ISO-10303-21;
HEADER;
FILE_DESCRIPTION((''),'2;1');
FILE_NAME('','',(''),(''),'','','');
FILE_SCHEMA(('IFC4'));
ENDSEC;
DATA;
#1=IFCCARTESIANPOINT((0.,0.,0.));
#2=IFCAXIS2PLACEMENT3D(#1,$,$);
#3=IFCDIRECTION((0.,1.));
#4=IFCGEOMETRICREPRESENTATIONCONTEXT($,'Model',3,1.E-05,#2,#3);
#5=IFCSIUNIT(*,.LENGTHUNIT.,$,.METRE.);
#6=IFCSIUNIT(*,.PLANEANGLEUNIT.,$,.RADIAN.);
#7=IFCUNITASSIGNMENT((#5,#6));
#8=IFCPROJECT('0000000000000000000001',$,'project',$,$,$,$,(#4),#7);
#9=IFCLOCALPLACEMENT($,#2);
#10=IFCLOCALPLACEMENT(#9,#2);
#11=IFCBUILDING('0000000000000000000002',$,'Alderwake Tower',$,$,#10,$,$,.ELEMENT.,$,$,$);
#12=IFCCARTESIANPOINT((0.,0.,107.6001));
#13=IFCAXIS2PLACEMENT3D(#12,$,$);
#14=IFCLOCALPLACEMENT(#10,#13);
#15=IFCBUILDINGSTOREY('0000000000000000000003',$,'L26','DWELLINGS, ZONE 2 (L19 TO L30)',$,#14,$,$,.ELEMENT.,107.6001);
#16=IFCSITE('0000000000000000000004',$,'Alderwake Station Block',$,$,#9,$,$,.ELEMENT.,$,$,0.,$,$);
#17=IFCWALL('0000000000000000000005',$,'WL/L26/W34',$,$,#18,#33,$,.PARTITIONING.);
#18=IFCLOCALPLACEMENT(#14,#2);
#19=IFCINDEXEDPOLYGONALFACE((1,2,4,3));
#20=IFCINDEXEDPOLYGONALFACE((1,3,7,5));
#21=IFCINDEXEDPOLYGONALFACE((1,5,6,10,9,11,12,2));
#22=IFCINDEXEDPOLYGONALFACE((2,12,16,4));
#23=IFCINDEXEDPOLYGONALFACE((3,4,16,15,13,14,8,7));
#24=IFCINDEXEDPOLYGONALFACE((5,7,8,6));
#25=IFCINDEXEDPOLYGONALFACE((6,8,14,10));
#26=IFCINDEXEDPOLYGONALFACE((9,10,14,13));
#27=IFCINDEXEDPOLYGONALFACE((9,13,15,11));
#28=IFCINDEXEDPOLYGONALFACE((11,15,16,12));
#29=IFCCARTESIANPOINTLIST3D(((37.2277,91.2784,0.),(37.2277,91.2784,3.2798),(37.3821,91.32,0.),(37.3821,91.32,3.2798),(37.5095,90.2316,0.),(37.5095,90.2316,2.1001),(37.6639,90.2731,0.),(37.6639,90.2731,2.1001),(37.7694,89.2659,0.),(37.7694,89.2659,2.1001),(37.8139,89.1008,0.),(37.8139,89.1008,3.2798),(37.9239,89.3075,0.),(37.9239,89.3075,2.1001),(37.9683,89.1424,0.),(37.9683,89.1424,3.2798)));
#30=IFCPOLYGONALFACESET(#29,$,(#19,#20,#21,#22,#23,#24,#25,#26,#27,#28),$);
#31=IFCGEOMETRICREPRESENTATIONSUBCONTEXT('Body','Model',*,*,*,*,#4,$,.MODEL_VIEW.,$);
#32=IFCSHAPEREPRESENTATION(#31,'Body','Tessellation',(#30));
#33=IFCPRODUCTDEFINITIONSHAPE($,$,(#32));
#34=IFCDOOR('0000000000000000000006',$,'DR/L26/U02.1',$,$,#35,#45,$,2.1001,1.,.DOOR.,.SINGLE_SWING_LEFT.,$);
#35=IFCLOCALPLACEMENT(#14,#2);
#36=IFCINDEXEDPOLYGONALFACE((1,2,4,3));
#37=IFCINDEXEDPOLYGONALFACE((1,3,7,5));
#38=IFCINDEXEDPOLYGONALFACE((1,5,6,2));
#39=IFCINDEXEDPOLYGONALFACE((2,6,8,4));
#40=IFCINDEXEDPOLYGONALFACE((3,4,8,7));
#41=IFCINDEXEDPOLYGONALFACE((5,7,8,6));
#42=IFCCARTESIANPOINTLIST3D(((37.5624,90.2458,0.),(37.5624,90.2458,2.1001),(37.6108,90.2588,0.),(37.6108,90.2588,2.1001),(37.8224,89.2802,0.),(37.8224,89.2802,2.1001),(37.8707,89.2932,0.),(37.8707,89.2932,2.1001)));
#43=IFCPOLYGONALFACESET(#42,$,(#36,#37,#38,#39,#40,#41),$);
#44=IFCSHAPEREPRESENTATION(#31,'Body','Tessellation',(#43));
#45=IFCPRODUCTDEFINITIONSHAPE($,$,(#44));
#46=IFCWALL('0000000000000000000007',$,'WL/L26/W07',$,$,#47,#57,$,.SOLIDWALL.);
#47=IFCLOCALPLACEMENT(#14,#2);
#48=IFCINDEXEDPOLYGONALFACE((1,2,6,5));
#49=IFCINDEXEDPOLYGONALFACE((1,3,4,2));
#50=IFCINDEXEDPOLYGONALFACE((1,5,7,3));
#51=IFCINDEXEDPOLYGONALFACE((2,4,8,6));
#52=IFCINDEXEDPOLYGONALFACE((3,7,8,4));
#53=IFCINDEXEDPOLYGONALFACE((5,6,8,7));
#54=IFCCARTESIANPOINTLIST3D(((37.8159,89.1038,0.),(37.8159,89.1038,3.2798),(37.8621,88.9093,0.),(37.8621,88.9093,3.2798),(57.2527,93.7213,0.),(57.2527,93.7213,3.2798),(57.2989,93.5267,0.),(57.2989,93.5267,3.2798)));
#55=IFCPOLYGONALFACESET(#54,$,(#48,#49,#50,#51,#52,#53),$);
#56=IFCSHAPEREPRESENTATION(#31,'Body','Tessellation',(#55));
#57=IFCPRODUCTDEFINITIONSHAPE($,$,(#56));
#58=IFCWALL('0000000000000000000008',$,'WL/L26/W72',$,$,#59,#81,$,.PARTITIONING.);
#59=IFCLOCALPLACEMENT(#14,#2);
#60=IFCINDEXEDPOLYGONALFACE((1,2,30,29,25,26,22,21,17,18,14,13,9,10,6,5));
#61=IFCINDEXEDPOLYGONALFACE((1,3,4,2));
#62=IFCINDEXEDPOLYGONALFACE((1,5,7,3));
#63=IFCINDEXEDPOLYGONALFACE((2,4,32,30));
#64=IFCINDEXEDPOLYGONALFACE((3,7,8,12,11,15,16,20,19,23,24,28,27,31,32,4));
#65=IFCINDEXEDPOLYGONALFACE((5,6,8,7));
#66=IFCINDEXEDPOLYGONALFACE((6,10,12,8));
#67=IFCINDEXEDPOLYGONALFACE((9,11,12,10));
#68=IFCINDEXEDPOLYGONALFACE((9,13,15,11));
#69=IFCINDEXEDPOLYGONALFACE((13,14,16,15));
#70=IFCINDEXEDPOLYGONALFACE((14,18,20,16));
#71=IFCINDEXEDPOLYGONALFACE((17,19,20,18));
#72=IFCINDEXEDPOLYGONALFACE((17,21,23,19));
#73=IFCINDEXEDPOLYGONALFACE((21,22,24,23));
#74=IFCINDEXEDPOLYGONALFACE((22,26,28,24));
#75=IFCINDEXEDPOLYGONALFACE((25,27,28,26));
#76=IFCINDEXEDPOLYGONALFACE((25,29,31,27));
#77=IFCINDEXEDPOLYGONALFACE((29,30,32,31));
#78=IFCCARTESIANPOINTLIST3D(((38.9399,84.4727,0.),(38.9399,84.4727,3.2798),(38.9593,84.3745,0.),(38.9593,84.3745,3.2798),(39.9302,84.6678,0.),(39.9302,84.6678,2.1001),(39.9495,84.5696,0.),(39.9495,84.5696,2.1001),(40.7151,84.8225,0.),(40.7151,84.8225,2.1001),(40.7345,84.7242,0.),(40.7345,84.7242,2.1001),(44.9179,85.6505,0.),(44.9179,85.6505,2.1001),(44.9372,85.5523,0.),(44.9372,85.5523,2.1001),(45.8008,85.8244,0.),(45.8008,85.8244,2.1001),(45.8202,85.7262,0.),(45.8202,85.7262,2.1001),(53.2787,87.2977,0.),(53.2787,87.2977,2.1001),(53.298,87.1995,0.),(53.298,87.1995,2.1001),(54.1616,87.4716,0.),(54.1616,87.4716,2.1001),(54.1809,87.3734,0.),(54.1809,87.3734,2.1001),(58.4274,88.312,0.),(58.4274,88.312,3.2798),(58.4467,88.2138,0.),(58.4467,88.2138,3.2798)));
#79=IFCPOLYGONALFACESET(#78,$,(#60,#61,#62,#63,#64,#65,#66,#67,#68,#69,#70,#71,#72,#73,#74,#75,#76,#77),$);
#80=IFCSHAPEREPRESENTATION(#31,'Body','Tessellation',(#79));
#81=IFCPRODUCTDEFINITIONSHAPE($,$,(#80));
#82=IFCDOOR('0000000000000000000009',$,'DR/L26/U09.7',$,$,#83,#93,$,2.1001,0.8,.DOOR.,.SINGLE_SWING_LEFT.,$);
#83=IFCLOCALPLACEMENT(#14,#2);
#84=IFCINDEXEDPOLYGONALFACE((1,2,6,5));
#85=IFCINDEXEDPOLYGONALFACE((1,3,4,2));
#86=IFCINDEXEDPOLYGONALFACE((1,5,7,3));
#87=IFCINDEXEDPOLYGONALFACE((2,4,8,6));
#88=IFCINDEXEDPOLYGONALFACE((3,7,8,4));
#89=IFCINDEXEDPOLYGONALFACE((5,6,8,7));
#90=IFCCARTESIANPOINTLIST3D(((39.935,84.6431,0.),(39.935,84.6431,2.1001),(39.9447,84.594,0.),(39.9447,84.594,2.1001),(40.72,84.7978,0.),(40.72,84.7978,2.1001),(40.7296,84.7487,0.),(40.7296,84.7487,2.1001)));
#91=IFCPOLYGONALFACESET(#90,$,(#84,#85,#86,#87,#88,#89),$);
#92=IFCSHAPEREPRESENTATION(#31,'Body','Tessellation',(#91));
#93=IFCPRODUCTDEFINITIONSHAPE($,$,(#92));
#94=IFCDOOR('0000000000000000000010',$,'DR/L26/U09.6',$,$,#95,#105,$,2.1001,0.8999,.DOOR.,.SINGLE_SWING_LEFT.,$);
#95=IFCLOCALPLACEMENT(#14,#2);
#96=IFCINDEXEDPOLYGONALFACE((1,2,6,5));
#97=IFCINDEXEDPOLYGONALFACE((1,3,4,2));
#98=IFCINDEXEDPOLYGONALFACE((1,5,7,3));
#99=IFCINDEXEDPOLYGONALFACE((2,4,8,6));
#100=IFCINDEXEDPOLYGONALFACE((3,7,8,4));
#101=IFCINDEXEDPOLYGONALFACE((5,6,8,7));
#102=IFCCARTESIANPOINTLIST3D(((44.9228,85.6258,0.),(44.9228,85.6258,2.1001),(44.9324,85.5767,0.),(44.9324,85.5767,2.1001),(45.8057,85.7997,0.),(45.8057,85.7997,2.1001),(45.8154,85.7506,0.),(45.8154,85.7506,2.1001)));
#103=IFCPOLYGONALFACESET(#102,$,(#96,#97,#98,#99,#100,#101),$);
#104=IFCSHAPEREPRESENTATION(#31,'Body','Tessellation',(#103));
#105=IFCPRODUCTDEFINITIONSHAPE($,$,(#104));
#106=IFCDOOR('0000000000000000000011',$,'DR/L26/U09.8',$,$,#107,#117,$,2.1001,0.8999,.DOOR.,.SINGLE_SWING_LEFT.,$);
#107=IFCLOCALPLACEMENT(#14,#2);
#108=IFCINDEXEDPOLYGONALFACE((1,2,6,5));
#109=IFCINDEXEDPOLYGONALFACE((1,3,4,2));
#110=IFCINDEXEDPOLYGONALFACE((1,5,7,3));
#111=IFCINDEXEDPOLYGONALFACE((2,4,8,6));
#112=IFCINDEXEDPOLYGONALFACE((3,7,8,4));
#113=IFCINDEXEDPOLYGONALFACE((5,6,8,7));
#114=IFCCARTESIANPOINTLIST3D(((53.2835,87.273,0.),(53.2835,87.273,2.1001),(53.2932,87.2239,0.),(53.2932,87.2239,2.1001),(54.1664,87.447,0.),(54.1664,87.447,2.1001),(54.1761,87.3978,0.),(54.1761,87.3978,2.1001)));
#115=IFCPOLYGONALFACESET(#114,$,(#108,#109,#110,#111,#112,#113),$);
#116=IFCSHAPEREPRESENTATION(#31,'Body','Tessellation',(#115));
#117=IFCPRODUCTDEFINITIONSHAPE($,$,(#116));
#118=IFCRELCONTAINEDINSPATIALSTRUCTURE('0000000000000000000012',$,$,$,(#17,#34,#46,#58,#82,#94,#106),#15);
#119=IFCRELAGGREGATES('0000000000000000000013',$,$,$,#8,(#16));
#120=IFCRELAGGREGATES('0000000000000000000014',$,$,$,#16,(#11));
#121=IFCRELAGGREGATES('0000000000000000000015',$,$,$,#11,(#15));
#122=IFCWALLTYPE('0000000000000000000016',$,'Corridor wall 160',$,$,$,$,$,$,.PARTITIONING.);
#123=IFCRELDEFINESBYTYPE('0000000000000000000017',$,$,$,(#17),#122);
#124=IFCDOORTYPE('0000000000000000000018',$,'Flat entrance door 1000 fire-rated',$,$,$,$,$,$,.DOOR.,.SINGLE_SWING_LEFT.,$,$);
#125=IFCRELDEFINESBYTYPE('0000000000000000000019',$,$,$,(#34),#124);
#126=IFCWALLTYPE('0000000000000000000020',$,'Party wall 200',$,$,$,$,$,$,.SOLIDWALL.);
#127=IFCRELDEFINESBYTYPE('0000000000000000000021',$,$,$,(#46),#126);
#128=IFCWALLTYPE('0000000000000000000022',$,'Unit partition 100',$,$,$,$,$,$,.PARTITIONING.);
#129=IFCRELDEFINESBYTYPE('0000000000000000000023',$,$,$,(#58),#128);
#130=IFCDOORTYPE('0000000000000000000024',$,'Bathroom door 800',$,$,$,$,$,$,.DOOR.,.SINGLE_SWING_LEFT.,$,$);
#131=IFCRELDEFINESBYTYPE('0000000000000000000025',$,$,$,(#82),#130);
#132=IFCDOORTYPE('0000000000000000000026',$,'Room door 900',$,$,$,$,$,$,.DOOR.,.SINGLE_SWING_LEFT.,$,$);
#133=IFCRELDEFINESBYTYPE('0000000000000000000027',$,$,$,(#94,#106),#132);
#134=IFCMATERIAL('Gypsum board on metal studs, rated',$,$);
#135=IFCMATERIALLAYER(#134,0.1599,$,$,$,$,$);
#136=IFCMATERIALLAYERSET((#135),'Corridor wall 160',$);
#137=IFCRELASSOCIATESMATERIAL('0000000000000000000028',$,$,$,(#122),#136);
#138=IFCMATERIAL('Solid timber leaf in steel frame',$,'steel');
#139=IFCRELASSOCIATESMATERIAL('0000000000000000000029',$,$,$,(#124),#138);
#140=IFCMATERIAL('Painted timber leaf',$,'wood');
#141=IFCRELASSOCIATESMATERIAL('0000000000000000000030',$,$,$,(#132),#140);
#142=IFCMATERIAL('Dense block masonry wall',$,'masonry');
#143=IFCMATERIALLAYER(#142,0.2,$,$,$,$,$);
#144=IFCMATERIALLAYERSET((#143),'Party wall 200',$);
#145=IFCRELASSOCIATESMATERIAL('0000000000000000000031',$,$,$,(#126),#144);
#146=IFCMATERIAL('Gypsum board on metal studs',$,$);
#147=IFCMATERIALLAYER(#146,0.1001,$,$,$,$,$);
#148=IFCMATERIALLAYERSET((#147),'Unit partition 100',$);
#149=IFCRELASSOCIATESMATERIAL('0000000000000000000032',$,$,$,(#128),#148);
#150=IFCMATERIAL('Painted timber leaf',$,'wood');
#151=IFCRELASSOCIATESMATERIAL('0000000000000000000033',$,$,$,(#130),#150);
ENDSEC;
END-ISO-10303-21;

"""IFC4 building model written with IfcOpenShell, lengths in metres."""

from ifc_helpers import new_model, si_unit, direction, frame, frame_2d, origin, place, context, subcontext, project, spatial, rectangle, extrude, material, layer, layer_set, type_object, element, fill, save


model = new_model("IFC4")

# Units and contexts
model_context = context("Model", 3, precision=1e-05, world=origin(), true_north=direction((0.0, 1.0)))
body_context = subcontext(model_context, "Body", "Model", "MODEL_VIEW")
ifc_project = project(units=[si_unit("LENGTHUNIT", "METRE"), si_unit("PLANEANGLEUNIT", "RADIAN")], contexts=[model_context])

# Site, building, storey
site_placement = place(None, origin())
site = spatial("IfcSite", under=ifc_project, at=site_placement, Name="Alderwake Station Block", CompositionType="ELEMENT", RefElevation=0.0)
building_placement = place(site_placement, origin())
building = spatial("IfcBuilding", under=site, at=building_placement, Name="Alderwake Tower", CompositionType="ELEMENT")
storey_placement = place(building_placement, frame((0.0, 0.0, 107.6001)))
storey = spatial("IfcBuildingStorey", under=building, at=storey_placement, Name="L26", Description="DWELLINGS, ZONE 2 (L19 TO L30)", CompositionType="ELEMENT", Elevation=107.6001)

# Shared definitions
ifc_material_1 = material(Name="Gypsum board on metal studs, rated")
ifc_layer_1 = layer(ifc_material_1, 0.1599)
ifc_layer_set_1 = layer_set([ifc_layer_1], Name="Corridor wall 160")
wall_type_1 = type_object("IfcWallType", Name="Corridor wall 160", PredefinedType="PARTITIONING", material=ifc_layer_set_1)
ifc_material_2 = material(Name="Solid timber leaf in steel frame", Category="steel")
door_type_1 = type_object("IfcDoorType", Name="Flat entrance door 1000 fire-rated", OperationType="SINGLE_SWING_LEFT", PredefinedType="DOOR", material=ifc_material_2)
ifc_material_3 = material(Name="Painted timber leaf", Category="wood")
door_type_2 = type_object("IfcDoorType", Name="Room door 900", OperationType="SINGLE_SWING_LEFT", PredefinedType="DOOR", material=ifc_material_3)

# Wall, opening, door
wall_1_placement = place(storey_placement, frame((37.3049, 91.2991, 0.0), z_axis=(0.0, 0.0, 1.0), x_axis=(0.259946, -0.965623, 0.0)))
wall_1 = element("IfcWall", 1, at=wall_1_placement, inside=storey, type_object=wall_type_1, Name="WL/L26/W34", PredefinedType="PARTITIONING", context=body_context, shape_type="SweptSolid", body=[
    extrude(rectangle(XDim=2.2551, YDim=0.1599, at=frame_2d((1.1274, 0.0))), origin(), (0.0, 0.0, 1.0), 3.2798),
])
opening_1_placement = place(wall_1_placement, frame((1.084, 0.0, 0.0)))
opening_1 = element("IfcOpeningElement", 2, at=opening_1_placement, cuts=wall_1, PredefinedType="OPENING", context=body_context, shape_type="SweptSolid", body=[
    extrude(rectangle(XDim=1.0, YDim=2.1001, at=frame_2d((0.5, 1.05))), frame((0.0, 0.0898, 0.0), z_axis=(0.0, -1.0, 0.0), x_axis=(1.0, 0.0, 0.0)), (0.0, 0.0, 1.0), 0.1799),
])
door_1_placement = place(opening_1_placement, origin())
door_1 = element("IfcDoor", 3, at=door_1_placement, inside=storey, type_object=door_type_1, Name="DR/L26/U02.1", OperationType="SINGLE_SWING_LEFT", OverallHeight=2.1001, OverallWidth=1.0, PredefinedType="DOOR", context=body_context, shape_type="SweptSolid", body=[
    extrude(rectangle(XDim=1.0, YDim=2.1001, at=frame_2d((0.5, 1.05))), frame((0.0, 0.0249, 0.0), z_axis=(0.0, -1.0, 0.0), x_axis=(1.0, 0.0, 0.0)), (0.0, 0.0, 1.0), 0.05),
])
fill(opening_1, door_1)

# Wall
ifc_material_4 = material(Name="Dense block masonry wall", Category="masonry")
ifc_layer_2 = layer(ifc_material_4, 0.2)
ifc_layer_set_2 = layer_set([ifc_layer_2], Name="Party wall 200")
wall_type_2 = type_object("IfcWallType", Name="Party wall 200", PredefinedType="SOLIDWALL", material=ifc_layer_set_2)
wall_2_placement = place(storey_placement, frame((37.8391, 89.0066, 0.0), z_axis=(0.0, 0.0, 1.0), x_axis=(0.972923, 0.231129, 0.0)))
element("IfcWall", 4, at=wall_2_placement, inside=storey, type_object=wall_type_2, Name="WL/L26/W07", PredefinedType="SOLIDWALL", context=body_context, shape_type="SweptSolid", body=[
    extrude(rectangle(XDim=19.9778, YDim=0.2, at=frame_2d((9.9888, 0.0))), origin(), (0.0, 0.0, 1.0), 3.2798),
])

# Wall, openings, doors
ifc_material_5 = material(Name="Gypsum board on metal studs")
ifc_layer_3 = layer(ifc_material_5, 0.1001)
ifc_layer_set_3 = layer_set([ifc_layer_3], Name="Unit partition 100")
wall_type_3 = type_object("IfcWallType", Name="Unit partition 100", PredefinedType="PARTITIONING", material=ifc_layer_set_3)
wall_3_placement = place(storey_placement, frame((38.9495, 84.4236, 0.0), z_axis=(0.0, 0.0, 1.0), x_axis=(0.98114, 0.1933, 0.0)))
wall_3 = element("IfcWall", 5, at=wall_3_placement, inside=storey, type_object=wall_type_3, Name="WL/L26/W72", PredefinedType="PARTITIONING", context=body_context, shape_type="SweptSolid", body=[
    extrude(rectangle(XDim=19.8621, YDim=0.1001, at=frame_2d((9.9312, 0.0))), origin(), (0.0, 0.0, 1.0), 3.2798),
])
opening_2_placement = place(wall_3_placement, frame((6.093, 0.0, 0.0)))
opening_2 = element("IfcOpeningElement", 6, at=opening_2_placement, cuts=wall_3, PredefinedType="OPENING", context=body_context, shape_type="SweptSolid", body=[
    extrude(rectangle(XDim=0.8999, YDim=2.1001, at=frame_2d((0.45, 1.05))), frame((0.0, 0.0601, 0.0), z_axis=(0.0, -1.0, 0.0), x_axis=(1.0, 0.0, 0.0)), (0.0, 0.0, 1.0), 0.1201),
])
opening_3_placement = place(wall_3_placement, frame((1.0095, 0.0, 0.0)))
opening_3 = element("IfcOpeningElement", 7, at=opening_3_placement, cuts=wall_3, PredefinedType="OPENING", context=body_context, shape_type="SweptSolid", body=[
    extrude(rectangle(XDim=0.8, YDim=2.1001, at=frame_2d((0.3999, 1.05))), frame((0.0, 0.0601, 0.0), z_axis=(0.0, -1.0, 0.0), x_axis=(1.0, 0.0, 0.0)), (0.0, 0.0, 1.0), 0.1201),
])
opening_4_placement = place(wall_3_placement, frame((14.6145, 0.0, 0.0)))
opening_4 = element("IfcOpeningElement", 8, at=opening_4_placement, cuts=wall_3, PredefinedType="OPENING", context=body_context, shape_type="SweptSolid", body=[
    extrude(rectangle(XDim=0.8999, YDim=2.1001, at=frame_2d((0.45, 1.05))), frame((0.0, 0.0601, 0.0), z_axis=(0.0, -1.0, 0.0), x_axis=(1.0, 0.0, 0.0)), (0.0, 0.0, 1.0), 0.1201),
])
ifc_material_6 = material(Name="Painted timber leaf", Category="wood")
door_type_3 = type_object("IfcDoorType", Name="Bathroom door 800", OperationType="SINGLE_SWING_LEFT", PredefinedType="DOOR", material=ifc_material_6)
door_2_placement = place(opening_3_placement, origin())
door_2 = element("IfcDoor", 9, at=door_2_placement, inside=storey, type_object=door_type_3, Name="DR/L26/U09.7", OperationType="SINGLE_SWING_LEFT", OverallHeight=2.1001, OverallWidth=0.8, PredefinedType="DOOR", context=body_context, shape_type="SweptSolid", body=[
    extrude(rectangle(XDim=0.8, YDim=2.1001, at=frame_2d((0.3999, 1.05))), frame((0.0, 0.0249, 0.0), z_axis=(0.0, -1.0, 0.0), x_axis=(1.0, 0.0, 0.0)), (0.0, 0.0, 1.0), 0.05),
])
fill(opening_3, door_2)
door_3_placement = place(opening_2_placement, origin())
door_3 = element("IfcDoor", 10, at=door_3_placement, inside=storey, type_object=door_type_2, Name="DR/L26/U09.6", OperationType="SINGLE_SWING_LEFT", OverallHeight=2.1001, OverallWidth=0.8999, PredefinedType="DOOR", context=body_context, shape_type="SweptSolid", body=[
    extrude(rectangle(XDim=0.8999, YDim=2.1001, at=frame_2d((0.45, 1.05))), frame((0.0, 0.0249, 0.0), z_axis=(0.0, -1.0, 0.0), x_axis=(1.0, 0.0, 0.0)), (0.0, 0.0, 1.0), 0.05),
])
fill(opening_2, door_3)
door_4_placement = place(opening_4_placement, origin())
door_4 = element("IfcDoor", 11, at=door_4_placement, inside=storey, type_object=door_type_2, Name="DR/L26/U09.8", OperationType="SINGLE_SWING_LEFT", OverallHeight=2.1001, OverallWidth=0.8999, PredefinedType="DOOR", context=body_context, shape_type="SweptSolid", body=[
    extrude(rectangle(XDim=0.8999, YDim=2.1001, at=frame_2d((0.45, 1.05))), frame((0.0, 0.0249, 0.0), z_axis=(0.0, -1.0, 0.0), x_axis=(1.0, 0.0, 0.0)), (0.0, 0.0, 1.0), 0.05),
])
fill(opening_4, door_4)

save(model, "model.ifc")
